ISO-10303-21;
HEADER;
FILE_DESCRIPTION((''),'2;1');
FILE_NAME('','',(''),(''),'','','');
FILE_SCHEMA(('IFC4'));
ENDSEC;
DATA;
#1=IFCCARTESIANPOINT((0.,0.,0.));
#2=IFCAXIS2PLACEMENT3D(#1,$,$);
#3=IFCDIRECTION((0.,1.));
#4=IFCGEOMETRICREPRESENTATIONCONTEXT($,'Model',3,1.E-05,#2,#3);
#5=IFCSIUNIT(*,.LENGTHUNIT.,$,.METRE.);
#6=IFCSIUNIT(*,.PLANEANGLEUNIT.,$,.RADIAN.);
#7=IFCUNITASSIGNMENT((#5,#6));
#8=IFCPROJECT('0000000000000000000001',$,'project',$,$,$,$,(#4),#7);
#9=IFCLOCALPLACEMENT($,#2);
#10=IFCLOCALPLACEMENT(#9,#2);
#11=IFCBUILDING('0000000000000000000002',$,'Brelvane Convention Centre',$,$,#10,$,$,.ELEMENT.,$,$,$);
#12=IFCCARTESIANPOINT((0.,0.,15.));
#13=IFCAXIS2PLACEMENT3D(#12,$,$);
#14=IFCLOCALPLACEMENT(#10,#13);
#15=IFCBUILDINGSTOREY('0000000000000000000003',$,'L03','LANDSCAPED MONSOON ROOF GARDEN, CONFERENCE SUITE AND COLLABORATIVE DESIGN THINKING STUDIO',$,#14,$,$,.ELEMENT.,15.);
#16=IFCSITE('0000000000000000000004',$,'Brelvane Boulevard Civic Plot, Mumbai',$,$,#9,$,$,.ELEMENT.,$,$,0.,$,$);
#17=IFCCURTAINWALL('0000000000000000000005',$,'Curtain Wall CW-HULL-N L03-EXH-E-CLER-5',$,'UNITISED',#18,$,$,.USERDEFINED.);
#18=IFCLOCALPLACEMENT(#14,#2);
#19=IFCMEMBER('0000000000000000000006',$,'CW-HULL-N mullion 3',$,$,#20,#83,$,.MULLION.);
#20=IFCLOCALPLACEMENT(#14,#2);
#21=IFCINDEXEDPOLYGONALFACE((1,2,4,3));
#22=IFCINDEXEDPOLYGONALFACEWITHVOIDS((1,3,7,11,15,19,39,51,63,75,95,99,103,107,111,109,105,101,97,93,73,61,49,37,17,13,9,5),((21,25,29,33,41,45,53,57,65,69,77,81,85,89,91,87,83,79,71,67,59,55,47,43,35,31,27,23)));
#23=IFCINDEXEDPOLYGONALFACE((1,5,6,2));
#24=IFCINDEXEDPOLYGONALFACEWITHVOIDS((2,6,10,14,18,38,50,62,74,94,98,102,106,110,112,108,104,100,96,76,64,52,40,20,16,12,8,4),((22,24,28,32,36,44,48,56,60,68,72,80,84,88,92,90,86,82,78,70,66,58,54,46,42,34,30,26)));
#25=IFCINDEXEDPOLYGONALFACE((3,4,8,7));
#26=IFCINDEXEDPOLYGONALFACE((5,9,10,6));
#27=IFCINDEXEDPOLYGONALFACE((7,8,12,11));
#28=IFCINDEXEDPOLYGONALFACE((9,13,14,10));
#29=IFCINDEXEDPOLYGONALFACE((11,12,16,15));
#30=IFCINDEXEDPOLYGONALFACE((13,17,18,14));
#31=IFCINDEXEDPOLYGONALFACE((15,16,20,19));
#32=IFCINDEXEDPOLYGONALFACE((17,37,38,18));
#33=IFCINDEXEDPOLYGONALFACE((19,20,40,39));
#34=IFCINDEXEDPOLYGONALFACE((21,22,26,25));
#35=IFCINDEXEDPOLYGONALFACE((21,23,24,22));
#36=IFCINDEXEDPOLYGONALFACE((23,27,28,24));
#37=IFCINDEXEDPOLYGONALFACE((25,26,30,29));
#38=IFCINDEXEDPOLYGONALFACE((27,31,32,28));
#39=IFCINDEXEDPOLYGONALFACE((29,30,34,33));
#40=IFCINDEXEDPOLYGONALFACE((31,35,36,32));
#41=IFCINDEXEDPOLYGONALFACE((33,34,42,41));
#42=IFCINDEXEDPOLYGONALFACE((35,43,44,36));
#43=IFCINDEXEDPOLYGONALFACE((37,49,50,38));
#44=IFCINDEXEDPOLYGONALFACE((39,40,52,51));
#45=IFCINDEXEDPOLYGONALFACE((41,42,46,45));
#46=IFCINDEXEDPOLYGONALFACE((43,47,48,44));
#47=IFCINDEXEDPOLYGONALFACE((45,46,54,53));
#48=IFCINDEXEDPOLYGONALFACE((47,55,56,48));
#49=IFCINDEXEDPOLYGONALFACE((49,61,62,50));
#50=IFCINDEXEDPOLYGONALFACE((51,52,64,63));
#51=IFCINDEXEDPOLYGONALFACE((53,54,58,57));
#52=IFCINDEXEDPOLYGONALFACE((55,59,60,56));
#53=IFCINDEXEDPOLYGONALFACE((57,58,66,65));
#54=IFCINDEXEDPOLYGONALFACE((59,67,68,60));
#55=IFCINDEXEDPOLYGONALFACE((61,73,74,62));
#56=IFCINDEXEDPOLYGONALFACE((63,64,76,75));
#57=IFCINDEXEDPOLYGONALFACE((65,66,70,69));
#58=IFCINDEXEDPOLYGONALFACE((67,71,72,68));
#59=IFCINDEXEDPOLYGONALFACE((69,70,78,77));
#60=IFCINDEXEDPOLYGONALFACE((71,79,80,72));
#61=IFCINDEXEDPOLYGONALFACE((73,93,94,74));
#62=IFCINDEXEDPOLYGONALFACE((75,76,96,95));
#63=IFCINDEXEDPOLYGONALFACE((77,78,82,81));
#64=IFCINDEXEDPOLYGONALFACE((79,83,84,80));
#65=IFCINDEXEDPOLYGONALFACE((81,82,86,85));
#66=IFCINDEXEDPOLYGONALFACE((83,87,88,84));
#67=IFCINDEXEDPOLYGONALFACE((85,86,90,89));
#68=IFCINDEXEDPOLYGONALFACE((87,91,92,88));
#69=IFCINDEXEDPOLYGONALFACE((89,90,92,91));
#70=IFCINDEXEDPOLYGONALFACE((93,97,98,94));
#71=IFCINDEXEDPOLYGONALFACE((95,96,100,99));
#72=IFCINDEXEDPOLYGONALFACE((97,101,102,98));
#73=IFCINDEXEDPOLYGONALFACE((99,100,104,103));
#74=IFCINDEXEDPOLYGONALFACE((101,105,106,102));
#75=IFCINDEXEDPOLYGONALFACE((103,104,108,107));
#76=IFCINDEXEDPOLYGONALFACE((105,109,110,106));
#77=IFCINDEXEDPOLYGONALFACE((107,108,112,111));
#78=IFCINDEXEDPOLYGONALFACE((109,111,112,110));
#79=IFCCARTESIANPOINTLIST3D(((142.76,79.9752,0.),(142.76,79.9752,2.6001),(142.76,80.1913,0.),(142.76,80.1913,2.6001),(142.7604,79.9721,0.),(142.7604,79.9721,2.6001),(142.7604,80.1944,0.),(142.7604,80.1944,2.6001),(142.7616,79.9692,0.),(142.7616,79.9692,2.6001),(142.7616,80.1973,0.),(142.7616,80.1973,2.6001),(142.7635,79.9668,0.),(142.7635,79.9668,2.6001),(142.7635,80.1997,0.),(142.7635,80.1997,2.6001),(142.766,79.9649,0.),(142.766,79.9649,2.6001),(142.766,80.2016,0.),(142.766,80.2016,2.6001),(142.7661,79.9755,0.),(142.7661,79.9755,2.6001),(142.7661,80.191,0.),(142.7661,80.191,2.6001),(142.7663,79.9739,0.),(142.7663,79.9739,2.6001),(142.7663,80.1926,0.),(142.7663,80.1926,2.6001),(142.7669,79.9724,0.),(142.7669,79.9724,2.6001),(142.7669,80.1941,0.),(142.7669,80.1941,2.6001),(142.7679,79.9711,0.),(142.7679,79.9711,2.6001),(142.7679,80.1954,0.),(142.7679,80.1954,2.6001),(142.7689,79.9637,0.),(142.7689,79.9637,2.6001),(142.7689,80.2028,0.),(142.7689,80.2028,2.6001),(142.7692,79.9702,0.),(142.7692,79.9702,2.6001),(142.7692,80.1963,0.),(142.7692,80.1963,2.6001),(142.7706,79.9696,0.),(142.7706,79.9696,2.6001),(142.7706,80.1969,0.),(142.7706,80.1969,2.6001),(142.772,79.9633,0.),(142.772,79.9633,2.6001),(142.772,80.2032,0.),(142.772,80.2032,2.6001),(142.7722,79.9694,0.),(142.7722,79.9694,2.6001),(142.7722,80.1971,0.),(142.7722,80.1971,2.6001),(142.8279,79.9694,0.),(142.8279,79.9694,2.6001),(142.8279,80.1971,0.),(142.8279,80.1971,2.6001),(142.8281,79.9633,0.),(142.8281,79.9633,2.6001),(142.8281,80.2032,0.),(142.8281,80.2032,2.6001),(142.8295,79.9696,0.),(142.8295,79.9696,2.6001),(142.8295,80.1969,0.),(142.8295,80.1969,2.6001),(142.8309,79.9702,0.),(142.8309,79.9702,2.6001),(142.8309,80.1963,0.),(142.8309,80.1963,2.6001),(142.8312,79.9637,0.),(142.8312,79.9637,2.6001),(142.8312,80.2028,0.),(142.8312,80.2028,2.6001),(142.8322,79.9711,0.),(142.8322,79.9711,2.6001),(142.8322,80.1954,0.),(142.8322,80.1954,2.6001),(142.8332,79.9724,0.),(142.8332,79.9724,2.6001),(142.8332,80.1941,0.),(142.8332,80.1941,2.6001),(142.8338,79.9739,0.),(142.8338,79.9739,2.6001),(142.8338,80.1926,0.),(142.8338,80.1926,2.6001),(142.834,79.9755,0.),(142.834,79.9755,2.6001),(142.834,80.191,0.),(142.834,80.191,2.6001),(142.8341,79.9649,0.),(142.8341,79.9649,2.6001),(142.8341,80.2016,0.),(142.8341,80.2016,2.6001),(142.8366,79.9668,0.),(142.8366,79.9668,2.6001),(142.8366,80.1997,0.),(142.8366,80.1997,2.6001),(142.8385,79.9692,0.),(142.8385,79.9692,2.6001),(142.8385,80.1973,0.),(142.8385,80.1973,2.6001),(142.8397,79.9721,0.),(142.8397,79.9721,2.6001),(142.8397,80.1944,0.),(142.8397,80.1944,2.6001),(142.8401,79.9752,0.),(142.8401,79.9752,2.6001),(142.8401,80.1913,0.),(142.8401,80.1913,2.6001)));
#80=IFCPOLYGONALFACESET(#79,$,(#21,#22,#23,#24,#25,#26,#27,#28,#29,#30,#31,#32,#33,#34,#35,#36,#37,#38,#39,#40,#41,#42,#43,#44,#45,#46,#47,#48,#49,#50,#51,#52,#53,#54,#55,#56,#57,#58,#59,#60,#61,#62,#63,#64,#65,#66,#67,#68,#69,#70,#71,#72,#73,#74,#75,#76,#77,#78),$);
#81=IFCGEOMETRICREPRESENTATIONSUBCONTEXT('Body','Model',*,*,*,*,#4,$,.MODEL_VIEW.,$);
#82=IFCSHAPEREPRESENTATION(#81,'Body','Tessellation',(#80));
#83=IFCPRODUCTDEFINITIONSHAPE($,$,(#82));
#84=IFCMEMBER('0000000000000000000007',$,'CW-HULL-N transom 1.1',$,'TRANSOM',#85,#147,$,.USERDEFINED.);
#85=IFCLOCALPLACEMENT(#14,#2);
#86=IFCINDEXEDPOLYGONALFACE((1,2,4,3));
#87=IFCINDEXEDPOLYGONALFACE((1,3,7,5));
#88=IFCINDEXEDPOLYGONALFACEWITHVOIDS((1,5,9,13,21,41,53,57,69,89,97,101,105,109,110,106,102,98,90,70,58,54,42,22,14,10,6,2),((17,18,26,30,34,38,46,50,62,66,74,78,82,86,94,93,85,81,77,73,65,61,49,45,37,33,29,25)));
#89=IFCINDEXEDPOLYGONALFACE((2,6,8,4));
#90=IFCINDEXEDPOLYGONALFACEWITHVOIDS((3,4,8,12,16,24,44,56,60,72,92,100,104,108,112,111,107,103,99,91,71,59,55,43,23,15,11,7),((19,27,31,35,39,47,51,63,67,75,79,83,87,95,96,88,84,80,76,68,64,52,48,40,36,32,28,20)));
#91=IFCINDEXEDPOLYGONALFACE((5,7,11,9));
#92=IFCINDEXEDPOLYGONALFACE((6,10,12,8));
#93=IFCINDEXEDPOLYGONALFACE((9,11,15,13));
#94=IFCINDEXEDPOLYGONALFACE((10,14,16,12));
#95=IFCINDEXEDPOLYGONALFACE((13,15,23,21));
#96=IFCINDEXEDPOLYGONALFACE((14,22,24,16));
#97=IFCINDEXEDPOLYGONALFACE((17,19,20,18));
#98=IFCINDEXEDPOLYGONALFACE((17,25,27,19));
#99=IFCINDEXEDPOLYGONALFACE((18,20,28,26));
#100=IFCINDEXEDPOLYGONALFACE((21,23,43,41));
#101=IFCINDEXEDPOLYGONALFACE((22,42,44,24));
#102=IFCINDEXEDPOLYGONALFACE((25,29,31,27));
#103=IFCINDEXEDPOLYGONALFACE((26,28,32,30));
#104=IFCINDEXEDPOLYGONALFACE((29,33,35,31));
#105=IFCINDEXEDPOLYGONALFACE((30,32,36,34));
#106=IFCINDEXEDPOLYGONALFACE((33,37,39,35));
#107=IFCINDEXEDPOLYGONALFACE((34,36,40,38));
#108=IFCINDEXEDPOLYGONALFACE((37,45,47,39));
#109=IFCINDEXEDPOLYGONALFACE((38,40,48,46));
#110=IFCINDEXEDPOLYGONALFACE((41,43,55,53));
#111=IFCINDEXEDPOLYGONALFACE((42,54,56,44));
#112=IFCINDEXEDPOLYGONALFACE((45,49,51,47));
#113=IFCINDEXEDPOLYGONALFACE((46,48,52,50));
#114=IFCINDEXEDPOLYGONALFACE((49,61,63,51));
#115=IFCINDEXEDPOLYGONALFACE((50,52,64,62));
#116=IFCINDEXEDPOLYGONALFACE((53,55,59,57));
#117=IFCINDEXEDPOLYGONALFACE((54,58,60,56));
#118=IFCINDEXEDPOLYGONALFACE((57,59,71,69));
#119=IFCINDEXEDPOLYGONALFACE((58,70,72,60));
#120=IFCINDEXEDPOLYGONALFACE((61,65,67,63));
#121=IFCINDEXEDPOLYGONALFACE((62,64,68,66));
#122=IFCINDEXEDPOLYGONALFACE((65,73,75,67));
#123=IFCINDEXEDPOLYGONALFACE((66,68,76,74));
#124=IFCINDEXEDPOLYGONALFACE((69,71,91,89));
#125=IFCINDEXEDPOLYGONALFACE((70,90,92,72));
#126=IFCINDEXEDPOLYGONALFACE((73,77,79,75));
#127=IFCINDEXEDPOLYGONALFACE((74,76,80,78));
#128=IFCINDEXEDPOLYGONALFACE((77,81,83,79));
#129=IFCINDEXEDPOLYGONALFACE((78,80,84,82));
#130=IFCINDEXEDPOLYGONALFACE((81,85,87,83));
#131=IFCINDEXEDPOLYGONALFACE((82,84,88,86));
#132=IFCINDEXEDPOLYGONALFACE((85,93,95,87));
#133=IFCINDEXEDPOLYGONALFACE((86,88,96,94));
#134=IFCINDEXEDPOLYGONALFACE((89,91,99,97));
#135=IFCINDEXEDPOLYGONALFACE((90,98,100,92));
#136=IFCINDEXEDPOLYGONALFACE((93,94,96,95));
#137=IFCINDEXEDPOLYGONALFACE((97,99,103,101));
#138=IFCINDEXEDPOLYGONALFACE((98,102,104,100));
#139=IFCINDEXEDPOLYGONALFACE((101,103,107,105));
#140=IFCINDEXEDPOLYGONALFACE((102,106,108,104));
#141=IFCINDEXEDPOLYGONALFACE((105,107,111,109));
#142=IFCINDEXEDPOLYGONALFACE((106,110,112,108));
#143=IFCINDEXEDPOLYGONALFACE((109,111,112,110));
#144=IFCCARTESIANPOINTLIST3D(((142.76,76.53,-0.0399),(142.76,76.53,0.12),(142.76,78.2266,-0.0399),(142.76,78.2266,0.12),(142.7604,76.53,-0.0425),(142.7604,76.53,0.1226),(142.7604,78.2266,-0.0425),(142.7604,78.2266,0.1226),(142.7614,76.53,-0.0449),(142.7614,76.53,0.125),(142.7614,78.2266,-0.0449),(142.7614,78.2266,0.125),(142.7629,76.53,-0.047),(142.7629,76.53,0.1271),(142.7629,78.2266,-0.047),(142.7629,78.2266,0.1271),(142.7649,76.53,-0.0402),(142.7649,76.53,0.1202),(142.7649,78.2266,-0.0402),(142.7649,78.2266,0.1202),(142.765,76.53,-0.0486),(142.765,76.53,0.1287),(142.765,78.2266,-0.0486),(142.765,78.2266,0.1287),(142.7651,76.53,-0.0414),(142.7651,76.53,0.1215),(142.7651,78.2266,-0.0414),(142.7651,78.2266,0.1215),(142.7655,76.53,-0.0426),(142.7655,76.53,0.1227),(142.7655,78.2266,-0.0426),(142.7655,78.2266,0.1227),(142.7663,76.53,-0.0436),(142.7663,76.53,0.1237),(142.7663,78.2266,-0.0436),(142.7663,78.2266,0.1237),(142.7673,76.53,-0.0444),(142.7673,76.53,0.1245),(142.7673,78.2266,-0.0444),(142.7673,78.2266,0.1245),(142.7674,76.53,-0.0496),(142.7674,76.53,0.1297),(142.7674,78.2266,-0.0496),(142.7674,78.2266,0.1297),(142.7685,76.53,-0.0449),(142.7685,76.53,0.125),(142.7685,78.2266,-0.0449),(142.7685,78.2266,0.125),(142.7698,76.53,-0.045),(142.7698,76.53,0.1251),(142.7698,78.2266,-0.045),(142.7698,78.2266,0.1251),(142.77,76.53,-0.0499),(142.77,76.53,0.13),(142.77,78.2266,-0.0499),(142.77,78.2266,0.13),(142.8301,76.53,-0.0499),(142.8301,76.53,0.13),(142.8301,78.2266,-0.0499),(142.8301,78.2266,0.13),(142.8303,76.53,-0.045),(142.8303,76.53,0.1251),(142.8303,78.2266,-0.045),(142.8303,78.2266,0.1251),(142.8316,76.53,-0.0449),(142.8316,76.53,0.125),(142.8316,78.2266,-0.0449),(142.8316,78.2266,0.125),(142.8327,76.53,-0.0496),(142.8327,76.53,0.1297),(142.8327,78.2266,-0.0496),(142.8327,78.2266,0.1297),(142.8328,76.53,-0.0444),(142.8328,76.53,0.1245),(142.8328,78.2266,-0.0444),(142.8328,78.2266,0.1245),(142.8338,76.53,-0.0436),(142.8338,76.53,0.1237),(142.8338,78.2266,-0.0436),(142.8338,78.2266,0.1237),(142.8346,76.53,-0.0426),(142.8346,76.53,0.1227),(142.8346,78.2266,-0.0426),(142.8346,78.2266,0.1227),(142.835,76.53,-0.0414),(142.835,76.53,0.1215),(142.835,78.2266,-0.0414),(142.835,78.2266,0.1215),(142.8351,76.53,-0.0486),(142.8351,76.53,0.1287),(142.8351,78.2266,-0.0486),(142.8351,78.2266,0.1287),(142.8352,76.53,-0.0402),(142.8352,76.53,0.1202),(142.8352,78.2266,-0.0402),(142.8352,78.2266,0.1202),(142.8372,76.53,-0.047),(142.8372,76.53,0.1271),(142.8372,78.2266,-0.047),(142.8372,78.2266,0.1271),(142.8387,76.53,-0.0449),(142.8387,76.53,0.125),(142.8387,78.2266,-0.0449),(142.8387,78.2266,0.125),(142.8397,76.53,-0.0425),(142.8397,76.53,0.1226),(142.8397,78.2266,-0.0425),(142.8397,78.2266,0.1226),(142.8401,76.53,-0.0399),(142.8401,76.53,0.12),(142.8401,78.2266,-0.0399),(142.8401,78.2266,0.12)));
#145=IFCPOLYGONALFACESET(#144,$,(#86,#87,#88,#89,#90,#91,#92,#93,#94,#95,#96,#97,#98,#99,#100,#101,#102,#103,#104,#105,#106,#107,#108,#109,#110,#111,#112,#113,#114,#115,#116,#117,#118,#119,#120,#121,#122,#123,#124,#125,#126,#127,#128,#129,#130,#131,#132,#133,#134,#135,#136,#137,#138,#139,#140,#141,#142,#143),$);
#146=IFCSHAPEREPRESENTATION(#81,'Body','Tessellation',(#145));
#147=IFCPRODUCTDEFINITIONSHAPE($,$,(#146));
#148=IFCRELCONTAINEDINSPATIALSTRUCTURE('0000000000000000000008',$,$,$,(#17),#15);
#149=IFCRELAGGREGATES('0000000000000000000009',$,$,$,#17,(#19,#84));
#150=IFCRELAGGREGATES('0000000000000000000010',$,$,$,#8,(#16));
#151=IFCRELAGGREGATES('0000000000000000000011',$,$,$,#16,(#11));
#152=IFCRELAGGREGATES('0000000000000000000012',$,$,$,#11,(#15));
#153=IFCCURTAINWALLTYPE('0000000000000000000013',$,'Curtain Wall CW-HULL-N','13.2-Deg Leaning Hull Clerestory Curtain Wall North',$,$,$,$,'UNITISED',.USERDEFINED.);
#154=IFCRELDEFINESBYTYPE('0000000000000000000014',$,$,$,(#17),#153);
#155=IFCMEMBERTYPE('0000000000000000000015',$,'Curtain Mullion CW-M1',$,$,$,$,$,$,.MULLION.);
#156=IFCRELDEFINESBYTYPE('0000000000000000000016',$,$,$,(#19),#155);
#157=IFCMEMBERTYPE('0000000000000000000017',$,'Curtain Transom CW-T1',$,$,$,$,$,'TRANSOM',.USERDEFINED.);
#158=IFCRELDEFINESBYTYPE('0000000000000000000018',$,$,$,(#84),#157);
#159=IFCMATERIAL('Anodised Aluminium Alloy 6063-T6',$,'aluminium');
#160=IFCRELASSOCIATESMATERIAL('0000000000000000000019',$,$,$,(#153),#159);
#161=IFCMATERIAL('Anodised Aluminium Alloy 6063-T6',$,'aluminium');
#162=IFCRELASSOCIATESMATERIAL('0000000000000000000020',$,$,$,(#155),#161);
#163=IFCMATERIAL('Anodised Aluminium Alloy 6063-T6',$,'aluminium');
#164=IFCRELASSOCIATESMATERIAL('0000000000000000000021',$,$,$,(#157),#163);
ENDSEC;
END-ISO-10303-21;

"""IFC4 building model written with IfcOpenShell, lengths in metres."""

from ifc_helpers import new_model, si_unit, direction, frame, origin, origin_2d, place, context, subcontext, project, spatial, hollow_rectangle, extrude, material, material_profile, profile_set, type_object, element, aggregate, save


model = new_model("IFC4")

# Units and contexts
model_context = context("Model", 3, precision=1e-05, world=origin(), true_north=direction((0.0, 1.0)))
body_context = subcontext(model_context, "Body", "Model", "MODEL_VIEW")
ifc_project = project(units=[si_unit("LENGTHUNIT", "METRE"), si_unit("PLANEANGLEUNIT", "RADIAN")], contexts=[model_context])

# Site, building, storey
site_placement = place(None, origin())
site = spatial("IfcSite", under=ifc_project, at=site_placement, Name="Brelvane Boulevard Civic Plot, Mumbai", CompositionType="ELEMENT", RefElevation=0.0)
building_placement = place(site_placement, origin())
building = spatial("IfcBuilding", under=site, at=building_placement, Name="Brelvane Convention Centre", CompositionType="ELEMENT")
storey_placement = place(building_placement, frame((0.0, 0.0, 15.0)))
storey = spatial("IfcBuildingStorey", under=building, at=storey_placement, Name="L03", Description="LANDSCAPED MONSOON ROOF GARDEN, CONFERENCE SUITE AND COLLABORATIVE DESIGN THINKING STUDIO", CompositionType="ELEMENT", Elevation=15.0)

# Curtain wall, members
ifc_material_1 = material(Name="Anodised Aluminium Alloy 6063-T6", Category="aluminium")
curtain_wall_type = type_object("IfcCurtainWallType", Name="Curtain Wall CW-HULL-N", Description="13.2-Deg Leaning Hull Clerestory Curtain Wall North", ElementType="UNITISED", PredefinedType="USERDEFINED", material=ifc_material_1)
curtain_wall_placement = place(storey_placement, origin())
curtain_wall = element("IfcCurtainWall", 1, at=curtain_wall_placement, inside=storey, type_object=curtain_wall_type, Name="Curtain Wall CW-HULL-N L03-EXH-E-CLER-5", ObjectType="UNITISED", PredefinedType="USERDEFINED")
ifc_material_2 = material(Name="Anodised Aluminium Alloy 6063-T6", Category="aluminium")
ifc_material_profile_1 = material_profile(ifc_material_2, hollow_rectangle(XDim=0.0801, YDim=0.24, WallThickness=0.0061, InnerFilletRadius=0.0061, OuterFilletRadius=0.012, at=origin_2d()), Name="ALU-M 240x80x6.0")
ifc_profile_set_1 = profile_set([ifc_material_profile_1], Name="Anodised Aluminium Alloy 6063-T6")
member_type_1 = type_object("IfcMemberType", Name="Curtain Mullion CW-M1", PredefinedType="MULLION", material=ifc_profile_set_1)
member_1_placement = place(storey_placement, frame((142.8, 80.0833, 0.0), z_axis=(0.0, 0.0, 1.0), x_axis=(-1.0, 0.0, 0.0)))
member_1 = element("IfcMember", 2, at=member_1_placement, type_object=member_type_1, Name="CW-HULL-N mullion 3", PredefinedType="MULLION", context=body_context, shape_type="SweptSolid", body=[
    extrude(hollow_rectangle(XDim=0.0801, YDim=0.24, WallThickness=0.0061, InnerFilletRadius=0.0061, OuterFilletRadius=0.012, at=origin_2d()), origin(), (0.0, 0.0, 1.0), 2.6001),
])
ifc_material_3 = material(Name="Anodised Aluminium Alloy 6063-T6", Category="aluminium")
ifc_material_profile_2 = material_profile(ifc_material_3, hollow_rectangle(XDim=0.0801, YDim=0.1799, WallThickness=0.0049, InnerFilletRadius=0.0049, OuterFilletRadius=0.01, at=origin_2d()), Name="ALU-T 180x80x5.0")
ifc_profile_set_2 = profile_set([ifc_material_profile_2], Name="Anodised Aluminium Alloy 6063-T6")
member_type_2 = type_object("IfcMemberType", Name="Curtain Transom CW-T1", ElementType="TRANSOM", PredefinedType="USERDEFINED", material=ifc_profile_set_2)
member_2_placement = place(storey_placement, frame((142.8, 76.53, 0.04), z_axis=(0.0, 1.0, 0.0), x_axis=(-1.0, 0.0, 0.0)))
member_2 = element("IfcMember", 3, at=member_2_placement, type_object=member_type_2, Name="CW-HULL-N transom 1.1", ObjectType="TRANSOM", PredefinedType="USERDEFINED", context=body_context, shape_type="SweptSolid", body=[
    extrude(hollow_rectangle(XDim=0.0801, YDim=0.1799, WallThickness=0.0049, InnerFilletRadius=0.0049, OuterFilletRadius=0.01, at=origin_2d()), origin(), (0.0, 0.0, 1.0), 1.6965),
])

aggregate(curtain_wall, [member_1, member_2])

save(model, "model.ifc")
